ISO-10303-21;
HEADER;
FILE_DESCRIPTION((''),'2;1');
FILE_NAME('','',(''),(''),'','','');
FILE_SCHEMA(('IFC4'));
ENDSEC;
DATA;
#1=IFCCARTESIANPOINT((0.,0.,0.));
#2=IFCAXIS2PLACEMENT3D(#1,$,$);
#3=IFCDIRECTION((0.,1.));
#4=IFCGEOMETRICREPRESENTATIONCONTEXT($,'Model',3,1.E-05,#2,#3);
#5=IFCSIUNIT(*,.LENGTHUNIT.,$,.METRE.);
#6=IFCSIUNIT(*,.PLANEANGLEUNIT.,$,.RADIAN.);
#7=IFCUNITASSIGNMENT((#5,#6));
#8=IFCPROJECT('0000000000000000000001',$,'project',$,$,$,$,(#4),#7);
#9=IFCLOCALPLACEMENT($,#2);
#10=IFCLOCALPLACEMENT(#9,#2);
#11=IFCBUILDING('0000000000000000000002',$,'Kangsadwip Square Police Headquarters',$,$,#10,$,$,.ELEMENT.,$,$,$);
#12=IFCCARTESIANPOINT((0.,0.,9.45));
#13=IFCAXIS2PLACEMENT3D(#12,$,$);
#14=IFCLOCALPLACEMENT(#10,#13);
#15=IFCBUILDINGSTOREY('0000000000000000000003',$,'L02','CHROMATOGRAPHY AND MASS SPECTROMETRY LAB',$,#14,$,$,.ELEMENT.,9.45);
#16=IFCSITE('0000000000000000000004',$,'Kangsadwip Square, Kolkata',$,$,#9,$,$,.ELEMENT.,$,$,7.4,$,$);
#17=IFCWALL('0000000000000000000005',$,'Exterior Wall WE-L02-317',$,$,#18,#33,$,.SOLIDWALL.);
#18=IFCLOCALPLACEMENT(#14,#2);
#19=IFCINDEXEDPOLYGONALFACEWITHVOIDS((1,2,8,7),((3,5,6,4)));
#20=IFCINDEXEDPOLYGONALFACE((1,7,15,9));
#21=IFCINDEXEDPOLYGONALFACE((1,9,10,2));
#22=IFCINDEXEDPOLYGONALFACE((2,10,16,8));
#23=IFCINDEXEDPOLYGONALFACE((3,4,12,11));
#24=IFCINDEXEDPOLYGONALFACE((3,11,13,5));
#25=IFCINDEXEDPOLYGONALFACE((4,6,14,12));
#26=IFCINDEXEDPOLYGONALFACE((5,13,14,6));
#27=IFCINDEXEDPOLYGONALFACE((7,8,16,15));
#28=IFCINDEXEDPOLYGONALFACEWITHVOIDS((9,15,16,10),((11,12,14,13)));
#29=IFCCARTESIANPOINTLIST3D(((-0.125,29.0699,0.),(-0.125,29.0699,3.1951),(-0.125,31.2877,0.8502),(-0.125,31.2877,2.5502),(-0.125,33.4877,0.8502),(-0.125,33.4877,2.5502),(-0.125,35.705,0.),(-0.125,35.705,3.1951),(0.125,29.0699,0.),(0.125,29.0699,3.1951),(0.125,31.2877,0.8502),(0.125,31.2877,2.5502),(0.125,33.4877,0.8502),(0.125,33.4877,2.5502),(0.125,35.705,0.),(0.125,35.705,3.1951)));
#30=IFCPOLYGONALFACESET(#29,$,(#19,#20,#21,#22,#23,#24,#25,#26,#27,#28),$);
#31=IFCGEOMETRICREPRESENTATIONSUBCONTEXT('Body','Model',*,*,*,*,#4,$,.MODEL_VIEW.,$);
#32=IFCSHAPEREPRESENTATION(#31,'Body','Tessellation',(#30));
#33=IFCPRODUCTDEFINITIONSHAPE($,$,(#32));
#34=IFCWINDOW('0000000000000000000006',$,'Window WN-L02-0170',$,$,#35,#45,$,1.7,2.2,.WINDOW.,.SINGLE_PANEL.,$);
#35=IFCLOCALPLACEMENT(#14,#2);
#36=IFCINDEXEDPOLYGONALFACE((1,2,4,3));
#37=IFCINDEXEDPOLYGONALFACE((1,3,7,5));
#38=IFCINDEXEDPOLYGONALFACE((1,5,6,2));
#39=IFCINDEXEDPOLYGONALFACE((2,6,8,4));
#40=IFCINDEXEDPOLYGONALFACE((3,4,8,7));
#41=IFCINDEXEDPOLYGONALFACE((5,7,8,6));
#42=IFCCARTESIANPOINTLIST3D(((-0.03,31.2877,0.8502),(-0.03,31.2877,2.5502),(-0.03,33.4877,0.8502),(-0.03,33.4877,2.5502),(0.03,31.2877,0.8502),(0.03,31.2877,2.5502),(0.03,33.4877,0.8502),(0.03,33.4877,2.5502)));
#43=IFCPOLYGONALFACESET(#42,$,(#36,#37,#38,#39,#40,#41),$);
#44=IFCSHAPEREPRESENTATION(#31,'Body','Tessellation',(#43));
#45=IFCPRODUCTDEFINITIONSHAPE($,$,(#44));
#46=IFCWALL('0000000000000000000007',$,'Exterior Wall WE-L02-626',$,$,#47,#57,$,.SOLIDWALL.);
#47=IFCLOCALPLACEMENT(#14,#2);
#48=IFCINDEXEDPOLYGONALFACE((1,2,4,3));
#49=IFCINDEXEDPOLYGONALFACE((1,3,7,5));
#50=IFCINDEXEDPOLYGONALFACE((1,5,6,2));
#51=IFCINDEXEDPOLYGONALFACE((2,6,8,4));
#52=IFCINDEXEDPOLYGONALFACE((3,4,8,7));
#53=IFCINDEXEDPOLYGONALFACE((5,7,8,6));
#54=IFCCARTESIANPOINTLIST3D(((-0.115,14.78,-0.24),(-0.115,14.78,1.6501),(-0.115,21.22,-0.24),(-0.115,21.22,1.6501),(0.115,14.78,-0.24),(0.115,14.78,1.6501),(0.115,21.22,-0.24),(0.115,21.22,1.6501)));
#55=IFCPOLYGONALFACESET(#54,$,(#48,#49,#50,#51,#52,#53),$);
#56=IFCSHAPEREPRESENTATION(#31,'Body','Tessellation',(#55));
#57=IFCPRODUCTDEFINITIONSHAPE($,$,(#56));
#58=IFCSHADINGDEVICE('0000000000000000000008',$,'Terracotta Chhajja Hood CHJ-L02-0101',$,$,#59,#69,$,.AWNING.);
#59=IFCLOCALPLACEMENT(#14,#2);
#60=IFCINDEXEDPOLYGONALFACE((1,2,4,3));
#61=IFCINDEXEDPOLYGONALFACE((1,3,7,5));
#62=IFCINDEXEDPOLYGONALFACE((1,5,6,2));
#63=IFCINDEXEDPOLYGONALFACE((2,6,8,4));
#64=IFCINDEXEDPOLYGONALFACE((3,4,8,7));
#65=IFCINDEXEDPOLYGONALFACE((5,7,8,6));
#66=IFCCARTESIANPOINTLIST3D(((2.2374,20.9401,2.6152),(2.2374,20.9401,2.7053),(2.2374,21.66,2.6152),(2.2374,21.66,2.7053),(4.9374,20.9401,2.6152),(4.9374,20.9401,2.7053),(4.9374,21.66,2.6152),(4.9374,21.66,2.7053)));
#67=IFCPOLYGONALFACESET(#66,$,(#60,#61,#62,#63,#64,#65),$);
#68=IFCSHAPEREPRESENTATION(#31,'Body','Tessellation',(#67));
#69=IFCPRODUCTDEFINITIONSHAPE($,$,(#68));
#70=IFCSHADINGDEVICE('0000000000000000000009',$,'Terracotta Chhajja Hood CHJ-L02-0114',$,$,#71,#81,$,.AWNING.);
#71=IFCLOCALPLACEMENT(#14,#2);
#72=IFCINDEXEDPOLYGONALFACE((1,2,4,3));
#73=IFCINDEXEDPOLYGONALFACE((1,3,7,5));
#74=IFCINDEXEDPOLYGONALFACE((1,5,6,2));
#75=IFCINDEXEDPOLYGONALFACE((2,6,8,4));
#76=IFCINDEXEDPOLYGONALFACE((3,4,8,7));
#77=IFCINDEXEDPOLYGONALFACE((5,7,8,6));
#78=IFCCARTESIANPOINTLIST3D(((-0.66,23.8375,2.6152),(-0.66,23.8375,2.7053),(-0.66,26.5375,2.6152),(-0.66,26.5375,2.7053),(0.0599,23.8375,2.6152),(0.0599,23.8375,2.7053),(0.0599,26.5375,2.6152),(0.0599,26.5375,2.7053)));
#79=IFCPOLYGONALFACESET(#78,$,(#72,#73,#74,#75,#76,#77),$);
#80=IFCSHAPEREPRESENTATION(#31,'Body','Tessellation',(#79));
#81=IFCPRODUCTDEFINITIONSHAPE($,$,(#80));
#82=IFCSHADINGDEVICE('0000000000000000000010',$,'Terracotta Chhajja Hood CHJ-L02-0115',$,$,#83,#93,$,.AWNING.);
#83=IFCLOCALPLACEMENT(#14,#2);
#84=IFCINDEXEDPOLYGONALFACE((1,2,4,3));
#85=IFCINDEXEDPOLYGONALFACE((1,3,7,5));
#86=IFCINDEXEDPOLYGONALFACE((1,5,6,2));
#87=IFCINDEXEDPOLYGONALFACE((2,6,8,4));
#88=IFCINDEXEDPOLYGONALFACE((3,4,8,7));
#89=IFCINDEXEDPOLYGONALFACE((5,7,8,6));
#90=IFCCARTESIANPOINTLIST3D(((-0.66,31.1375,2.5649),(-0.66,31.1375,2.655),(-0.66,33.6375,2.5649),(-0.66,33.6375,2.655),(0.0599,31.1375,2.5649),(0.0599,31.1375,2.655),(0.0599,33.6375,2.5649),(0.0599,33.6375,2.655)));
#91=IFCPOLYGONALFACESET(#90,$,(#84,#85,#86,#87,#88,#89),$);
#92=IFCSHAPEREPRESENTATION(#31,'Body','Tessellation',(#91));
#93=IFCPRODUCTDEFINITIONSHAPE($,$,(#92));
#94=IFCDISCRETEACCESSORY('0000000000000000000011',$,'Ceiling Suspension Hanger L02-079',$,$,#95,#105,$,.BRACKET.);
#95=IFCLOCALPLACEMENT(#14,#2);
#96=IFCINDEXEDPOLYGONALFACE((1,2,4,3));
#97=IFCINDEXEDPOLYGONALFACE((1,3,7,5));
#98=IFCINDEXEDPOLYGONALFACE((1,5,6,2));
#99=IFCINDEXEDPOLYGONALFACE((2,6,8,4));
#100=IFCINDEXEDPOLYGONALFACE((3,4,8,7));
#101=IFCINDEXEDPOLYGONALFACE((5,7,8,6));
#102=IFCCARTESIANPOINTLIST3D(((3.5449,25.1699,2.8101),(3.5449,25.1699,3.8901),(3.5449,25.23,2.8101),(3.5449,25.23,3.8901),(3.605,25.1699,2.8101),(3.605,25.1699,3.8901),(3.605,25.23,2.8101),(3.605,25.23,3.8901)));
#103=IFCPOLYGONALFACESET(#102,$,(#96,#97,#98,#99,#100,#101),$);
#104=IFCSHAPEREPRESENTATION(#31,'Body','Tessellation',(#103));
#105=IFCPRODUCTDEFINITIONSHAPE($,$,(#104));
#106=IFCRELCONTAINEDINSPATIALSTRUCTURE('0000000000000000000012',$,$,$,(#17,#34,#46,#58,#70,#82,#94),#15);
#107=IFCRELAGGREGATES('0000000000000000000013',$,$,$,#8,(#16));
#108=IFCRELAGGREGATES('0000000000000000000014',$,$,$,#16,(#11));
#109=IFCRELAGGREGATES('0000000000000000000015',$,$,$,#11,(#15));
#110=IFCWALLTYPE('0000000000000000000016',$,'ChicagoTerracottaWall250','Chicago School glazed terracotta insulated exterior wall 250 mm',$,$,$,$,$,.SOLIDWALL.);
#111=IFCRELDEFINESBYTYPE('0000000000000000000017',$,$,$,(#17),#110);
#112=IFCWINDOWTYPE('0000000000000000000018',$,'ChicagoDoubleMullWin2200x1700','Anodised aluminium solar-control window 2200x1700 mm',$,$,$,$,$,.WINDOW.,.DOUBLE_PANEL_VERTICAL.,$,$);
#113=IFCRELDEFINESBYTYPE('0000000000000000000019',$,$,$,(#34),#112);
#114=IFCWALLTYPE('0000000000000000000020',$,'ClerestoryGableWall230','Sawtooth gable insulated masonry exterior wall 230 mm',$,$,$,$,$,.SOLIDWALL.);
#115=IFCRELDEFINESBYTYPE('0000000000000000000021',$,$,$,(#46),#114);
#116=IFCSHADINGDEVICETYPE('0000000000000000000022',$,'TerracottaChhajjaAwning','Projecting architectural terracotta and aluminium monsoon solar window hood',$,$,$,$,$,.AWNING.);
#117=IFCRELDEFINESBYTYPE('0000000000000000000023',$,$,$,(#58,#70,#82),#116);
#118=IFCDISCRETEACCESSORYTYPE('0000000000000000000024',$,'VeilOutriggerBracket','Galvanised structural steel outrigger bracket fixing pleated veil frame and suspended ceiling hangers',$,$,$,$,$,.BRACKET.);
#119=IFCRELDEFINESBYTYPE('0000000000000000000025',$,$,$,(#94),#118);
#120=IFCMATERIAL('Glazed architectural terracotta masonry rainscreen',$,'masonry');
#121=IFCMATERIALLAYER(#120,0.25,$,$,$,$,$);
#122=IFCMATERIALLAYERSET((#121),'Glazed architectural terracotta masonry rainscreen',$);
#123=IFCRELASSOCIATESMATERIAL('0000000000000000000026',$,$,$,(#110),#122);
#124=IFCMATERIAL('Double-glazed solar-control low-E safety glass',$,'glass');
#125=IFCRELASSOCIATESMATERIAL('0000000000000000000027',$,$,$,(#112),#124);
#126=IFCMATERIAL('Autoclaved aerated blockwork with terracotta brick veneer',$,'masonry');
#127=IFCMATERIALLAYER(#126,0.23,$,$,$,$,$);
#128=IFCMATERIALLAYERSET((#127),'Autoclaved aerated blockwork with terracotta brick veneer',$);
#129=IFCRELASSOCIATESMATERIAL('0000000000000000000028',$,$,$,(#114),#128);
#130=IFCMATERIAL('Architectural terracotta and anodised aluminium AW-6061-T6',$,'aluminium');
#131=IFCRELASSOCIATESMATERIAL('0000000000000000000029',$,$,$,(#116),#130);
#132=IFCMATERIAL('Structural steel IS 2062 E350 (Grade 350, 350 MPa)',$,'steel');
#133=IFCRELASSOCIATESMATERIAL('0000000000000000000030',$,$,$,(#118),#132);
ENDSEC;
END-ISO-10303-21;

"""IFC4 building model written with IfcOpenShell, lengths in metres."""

from ifc_helpers import new_model, si_unit, direction, frame, frame_2d, origin, origin_2d, place, context, subcontext, project, spatial, rectangle, extrude, material, layer, layer_set, type_object, element, fill, save


model = new_model("IFC4")

# Units and contexts
model_context = context("Model", 3, precision=1e-05, world=origin(), true_north=direction((0.0, 1.0)))
body_context = subcontext(model_context, "Body", "Model", "MODEL_VIEW")
ifc_project = project(units=[si_unit("LENGTHUNIT", "METRE"), si_unit("PLANEANGLEUNIT", "RADIAN")], contexts=[model_context])

# Site, building, storey
site_placement = place(None, origin())
site = spatial("IfcSite", under=ifc_project, at=site_placement, Name="Kangsadwip Square, Kolkata", CompositionType="ELEMENT", RefElevation=7.4)
building_placement = place(site_placement, origin())
building = spatial("IfcBuilding", under=site, at=building_placement, Name="Kangsadwip Square Police Headquarters", CompositionType="ELEMENT")
storey_placement = place(building_placement, frame((0.0, 0.0, 9.45)))
storey = spatial("IfcBuildingStorey", under=building, at=storey_placement, Name="L02", Description="CHROMATOGRAPHY AND MASS SPECTROMETRY LAB", CompositionType="ELEMENT", Elevation=9.45)

# Wall, opening, window
ifc_material_1 = material(Name="Glazed architectural terracotta masonry rainscreen", Category="masonry")
ifc_layer_1 = layer(ifc_material_1, 0.25)
ifc_layer_set_1 = layer_set([ifc_layer_1], Name="Glazed architectural terracotta masonry rainscreen")
wall_type_1 = type_object("IfcWallType", Name="ChicagoTerracottaWall250", Description="Chicago School glazed terracotta insulated exterior wall 250 mm", PredefinedType="SOLIDWALL", material=ifc_layer_set_1)
wall_1_placement = place(storey_placement, frame((0.0, 29.0701, 0.0), z_axis=(0.0, 0.0, 1.0), x_axis=(0.0, 1.0, 0.0)))
wall_1 = element("IfcWall", 1, at=wall_1_placement, inside=storey, type_object=wall_type_1, Name="Exterior Wall WE-L02-317", PredefinedType="SOLIDWALL", context=body_context, shape_type="SweptSolid", body=[
    extrude(rectangle(XDim=6.635, YDim=0.25, at=frame_2d((3.3174, 0.0))), origin(), (0.0, 0.0, 1.0), 3.1951),
])
opening_1_placement = place(wall_1_placement, frame((2.2175, 0.0, 0.8501)))
opening_1 = element("IfcOpeningElement", 2, at=opening_1_placement, cuts=wall_1, PredefinedType="OPENING", context=body_context, shape_type="SweptSolid", body=[
    extrude(rectangle(XDim=2.2, YDim=1.7, at=frame_2d((1.1001, 0.8501))), frame((0.0, 0.135, 0.0), z_axis=(0.0, -1.0, 0.0), x_axis=(1.0, 0.0, 0.0)), (0.0, 0.0, 1.0), 0.27),
])
ifc_material_2 = material(Name="Double-glazed solar-control low-E safety glass", Category="glass")
window_type_1 = type_object("IfcWindowType", Name="ChicagoDoubleMullWin2200x1700", Description="Anodised aluminium solar-control window 2200x1700 mm", PartitioningType="DOUBLE_PANEL_VERTICAL", PredefinedType="WINDOW", material=ifc_material_2)
window_1_placement = place(opening_1_placement, origin())
window_1 = element("IfcWindow", 3, at=window_1_placement, inside=storey, type_object=window_type_1, Name="Window WN-L02-0170", OverallHeight=1.7, OverallWidth=2.2, PartitioningType="SINGLE_PANEL", PredefinedType="WINDOW", context=body_context, shape_type="SweptSolid", body=[
    extrude(rectangle(XDim=2.2, YDim=1.7, at=frame_2d((1.1001, 0.8501))), frame((0.0, 0.03, 0.0), z_axis=(0.0, -1.0, 0.0), x_axis=(1.0, 0.0, 0.0)), (0.0, 0.0, 1.0), 0.0601),
])
fill(opening_1, window_1)

# Wall
ifc_material_3 = material(Name="Autoclaved aerated blockwork with terracotta brick veneer", Category="masonry")
ifc_layer_2 = layer(ifc_material_3, 0.23)
ifc_layer_set_2 = layer_set([ifc_layer_2], Name="Autoclaved aerated blockwork with terracotta brick veneer")
wall_type_2 = type_object("IfcWallType", Name="ClerestoryGableWall230", Description="Sawtooth gable insulated masonry exterior wall 230 mm", PredefinedType="SOLIDWALL", material=ifc_layer_set_2)
wall_2_placement = place(storey_placement, frame((0.0, 14.78, -0.24), z_axis=(0.0, 0.0, 1.0), x_axis=(0.0, 1.0, 0.0)))
element("IfcWall", 4, at=wall_2_placement, inside=storey, type_object=wall_type_2, Name="Exterior Wall WE-L02-626", PredefinedType="SOLIDWALL", context=body_context, shape_type="SweptSolid", body=[
    extrude(rectangle(XDim=6.4399, YDim=0.23, at=frame_2d((3.22, 0.0))), origin(), (0.0, 0.0, 1.0), 1.8901),
])

# Shading devices
ifc_material_4 = material(Name="Architectural terracotta and anodised aluminium AW-6061-T6", Category="aluminium")
shading_device_type = type_object("IfcShadingDeviceType", Name="TerracottaChhajjaAwning", Description="Projecting architectural terracotta and aluminium monsoon solar window hood", PredefinedType="AWNING", material=ifc_material_4)
for number, where, z_axis, x_axis, name in (
    (5, (3.5874, 21.3, 2.6152), (0.0, 0.0, 1.0), (1.0, 0.0, 0.0), "Terracotta Chhajja Hood CHJ-L02-0101"),
    (6, (-0.3, 25.1875, 2.6152), (0.0, 0.0, 1.0), (0.0, 1.0, 0.0), "Terracotta Chhajja Hood CHJ-L02-0114"),
):
    element("IfcShadingDevice", number, at=place(storey_placement, frame(where, z_axis=z_axis, x_axis=x_axis)), inside=storey, type_object=shading_device_type, Name=name, PredefinedType="AWNING", context=body_context, shape_type="SweptSolid", body=[
        extrude(rectangle(XDim=2.7, YDim=0.72, at=origin_2d()), origin(), (0.0, 0.0, 1.0), 0.0901),
    ])
shading_device_placement = place(storey_placement, frame((-0.3, 32.3875, 2.5649), z_axis=(0.0, 0.0, 1.0), x_axis=(0.0, 1.0, 0.0)))
element("IfcShadingDevice", 7, at=shading_device_placement, inside=storey, type_object=shading_device_type, Name="Terracotta Chhajja Hood CHJ-L02-0115", PredefinedType="AWNING", context=body_context, shape_type="SweptSolid", body=[
    extrude(rectangle(XDim=2.5, YDim=0.72, at=origin_2d()), origin(), (0.0, 0.0, 1.0), 0.0901),
])

# Discrete accessory
ifc_material_5 = material(Name="Structural steel IS 2062 E350 (Grade 350, 350 MPa)", Category="steel")
discrete_accessory_type = type_object("IfcDiscreteAccessoryType", Name="VeilOutriggerBracket", Description="Galvanised structural steel outrigger bracket fixing pleated veil frame and suspended ceiling hangers", PredefinedType="BRACKET", material=ifc_material_5)
discrete_accessory_placement = place(storey_placement, frame((3.575, 25.2, 2.8101), z_axis=(0.0, 0.0, 1.0), x_axis=(1.0, 0.0, 0.0)))
element("IfcDiscreteAccessory", 8, at=discrete_accessory_placement, inside=storey, type_object=discrete_accessory_type, Name="Ceiling Suspension Hanger L02-079", PredefinedType="BRACKET", context=body_context, shape_type="SweptSolid", body=[
    extrude(rectangle(XDim=0.0601, YDim=0.0601, at=origin_2d()), origin(), (0.0, 0.0, 1.0), 1.0801),
])

save(model, "model.ifc")
